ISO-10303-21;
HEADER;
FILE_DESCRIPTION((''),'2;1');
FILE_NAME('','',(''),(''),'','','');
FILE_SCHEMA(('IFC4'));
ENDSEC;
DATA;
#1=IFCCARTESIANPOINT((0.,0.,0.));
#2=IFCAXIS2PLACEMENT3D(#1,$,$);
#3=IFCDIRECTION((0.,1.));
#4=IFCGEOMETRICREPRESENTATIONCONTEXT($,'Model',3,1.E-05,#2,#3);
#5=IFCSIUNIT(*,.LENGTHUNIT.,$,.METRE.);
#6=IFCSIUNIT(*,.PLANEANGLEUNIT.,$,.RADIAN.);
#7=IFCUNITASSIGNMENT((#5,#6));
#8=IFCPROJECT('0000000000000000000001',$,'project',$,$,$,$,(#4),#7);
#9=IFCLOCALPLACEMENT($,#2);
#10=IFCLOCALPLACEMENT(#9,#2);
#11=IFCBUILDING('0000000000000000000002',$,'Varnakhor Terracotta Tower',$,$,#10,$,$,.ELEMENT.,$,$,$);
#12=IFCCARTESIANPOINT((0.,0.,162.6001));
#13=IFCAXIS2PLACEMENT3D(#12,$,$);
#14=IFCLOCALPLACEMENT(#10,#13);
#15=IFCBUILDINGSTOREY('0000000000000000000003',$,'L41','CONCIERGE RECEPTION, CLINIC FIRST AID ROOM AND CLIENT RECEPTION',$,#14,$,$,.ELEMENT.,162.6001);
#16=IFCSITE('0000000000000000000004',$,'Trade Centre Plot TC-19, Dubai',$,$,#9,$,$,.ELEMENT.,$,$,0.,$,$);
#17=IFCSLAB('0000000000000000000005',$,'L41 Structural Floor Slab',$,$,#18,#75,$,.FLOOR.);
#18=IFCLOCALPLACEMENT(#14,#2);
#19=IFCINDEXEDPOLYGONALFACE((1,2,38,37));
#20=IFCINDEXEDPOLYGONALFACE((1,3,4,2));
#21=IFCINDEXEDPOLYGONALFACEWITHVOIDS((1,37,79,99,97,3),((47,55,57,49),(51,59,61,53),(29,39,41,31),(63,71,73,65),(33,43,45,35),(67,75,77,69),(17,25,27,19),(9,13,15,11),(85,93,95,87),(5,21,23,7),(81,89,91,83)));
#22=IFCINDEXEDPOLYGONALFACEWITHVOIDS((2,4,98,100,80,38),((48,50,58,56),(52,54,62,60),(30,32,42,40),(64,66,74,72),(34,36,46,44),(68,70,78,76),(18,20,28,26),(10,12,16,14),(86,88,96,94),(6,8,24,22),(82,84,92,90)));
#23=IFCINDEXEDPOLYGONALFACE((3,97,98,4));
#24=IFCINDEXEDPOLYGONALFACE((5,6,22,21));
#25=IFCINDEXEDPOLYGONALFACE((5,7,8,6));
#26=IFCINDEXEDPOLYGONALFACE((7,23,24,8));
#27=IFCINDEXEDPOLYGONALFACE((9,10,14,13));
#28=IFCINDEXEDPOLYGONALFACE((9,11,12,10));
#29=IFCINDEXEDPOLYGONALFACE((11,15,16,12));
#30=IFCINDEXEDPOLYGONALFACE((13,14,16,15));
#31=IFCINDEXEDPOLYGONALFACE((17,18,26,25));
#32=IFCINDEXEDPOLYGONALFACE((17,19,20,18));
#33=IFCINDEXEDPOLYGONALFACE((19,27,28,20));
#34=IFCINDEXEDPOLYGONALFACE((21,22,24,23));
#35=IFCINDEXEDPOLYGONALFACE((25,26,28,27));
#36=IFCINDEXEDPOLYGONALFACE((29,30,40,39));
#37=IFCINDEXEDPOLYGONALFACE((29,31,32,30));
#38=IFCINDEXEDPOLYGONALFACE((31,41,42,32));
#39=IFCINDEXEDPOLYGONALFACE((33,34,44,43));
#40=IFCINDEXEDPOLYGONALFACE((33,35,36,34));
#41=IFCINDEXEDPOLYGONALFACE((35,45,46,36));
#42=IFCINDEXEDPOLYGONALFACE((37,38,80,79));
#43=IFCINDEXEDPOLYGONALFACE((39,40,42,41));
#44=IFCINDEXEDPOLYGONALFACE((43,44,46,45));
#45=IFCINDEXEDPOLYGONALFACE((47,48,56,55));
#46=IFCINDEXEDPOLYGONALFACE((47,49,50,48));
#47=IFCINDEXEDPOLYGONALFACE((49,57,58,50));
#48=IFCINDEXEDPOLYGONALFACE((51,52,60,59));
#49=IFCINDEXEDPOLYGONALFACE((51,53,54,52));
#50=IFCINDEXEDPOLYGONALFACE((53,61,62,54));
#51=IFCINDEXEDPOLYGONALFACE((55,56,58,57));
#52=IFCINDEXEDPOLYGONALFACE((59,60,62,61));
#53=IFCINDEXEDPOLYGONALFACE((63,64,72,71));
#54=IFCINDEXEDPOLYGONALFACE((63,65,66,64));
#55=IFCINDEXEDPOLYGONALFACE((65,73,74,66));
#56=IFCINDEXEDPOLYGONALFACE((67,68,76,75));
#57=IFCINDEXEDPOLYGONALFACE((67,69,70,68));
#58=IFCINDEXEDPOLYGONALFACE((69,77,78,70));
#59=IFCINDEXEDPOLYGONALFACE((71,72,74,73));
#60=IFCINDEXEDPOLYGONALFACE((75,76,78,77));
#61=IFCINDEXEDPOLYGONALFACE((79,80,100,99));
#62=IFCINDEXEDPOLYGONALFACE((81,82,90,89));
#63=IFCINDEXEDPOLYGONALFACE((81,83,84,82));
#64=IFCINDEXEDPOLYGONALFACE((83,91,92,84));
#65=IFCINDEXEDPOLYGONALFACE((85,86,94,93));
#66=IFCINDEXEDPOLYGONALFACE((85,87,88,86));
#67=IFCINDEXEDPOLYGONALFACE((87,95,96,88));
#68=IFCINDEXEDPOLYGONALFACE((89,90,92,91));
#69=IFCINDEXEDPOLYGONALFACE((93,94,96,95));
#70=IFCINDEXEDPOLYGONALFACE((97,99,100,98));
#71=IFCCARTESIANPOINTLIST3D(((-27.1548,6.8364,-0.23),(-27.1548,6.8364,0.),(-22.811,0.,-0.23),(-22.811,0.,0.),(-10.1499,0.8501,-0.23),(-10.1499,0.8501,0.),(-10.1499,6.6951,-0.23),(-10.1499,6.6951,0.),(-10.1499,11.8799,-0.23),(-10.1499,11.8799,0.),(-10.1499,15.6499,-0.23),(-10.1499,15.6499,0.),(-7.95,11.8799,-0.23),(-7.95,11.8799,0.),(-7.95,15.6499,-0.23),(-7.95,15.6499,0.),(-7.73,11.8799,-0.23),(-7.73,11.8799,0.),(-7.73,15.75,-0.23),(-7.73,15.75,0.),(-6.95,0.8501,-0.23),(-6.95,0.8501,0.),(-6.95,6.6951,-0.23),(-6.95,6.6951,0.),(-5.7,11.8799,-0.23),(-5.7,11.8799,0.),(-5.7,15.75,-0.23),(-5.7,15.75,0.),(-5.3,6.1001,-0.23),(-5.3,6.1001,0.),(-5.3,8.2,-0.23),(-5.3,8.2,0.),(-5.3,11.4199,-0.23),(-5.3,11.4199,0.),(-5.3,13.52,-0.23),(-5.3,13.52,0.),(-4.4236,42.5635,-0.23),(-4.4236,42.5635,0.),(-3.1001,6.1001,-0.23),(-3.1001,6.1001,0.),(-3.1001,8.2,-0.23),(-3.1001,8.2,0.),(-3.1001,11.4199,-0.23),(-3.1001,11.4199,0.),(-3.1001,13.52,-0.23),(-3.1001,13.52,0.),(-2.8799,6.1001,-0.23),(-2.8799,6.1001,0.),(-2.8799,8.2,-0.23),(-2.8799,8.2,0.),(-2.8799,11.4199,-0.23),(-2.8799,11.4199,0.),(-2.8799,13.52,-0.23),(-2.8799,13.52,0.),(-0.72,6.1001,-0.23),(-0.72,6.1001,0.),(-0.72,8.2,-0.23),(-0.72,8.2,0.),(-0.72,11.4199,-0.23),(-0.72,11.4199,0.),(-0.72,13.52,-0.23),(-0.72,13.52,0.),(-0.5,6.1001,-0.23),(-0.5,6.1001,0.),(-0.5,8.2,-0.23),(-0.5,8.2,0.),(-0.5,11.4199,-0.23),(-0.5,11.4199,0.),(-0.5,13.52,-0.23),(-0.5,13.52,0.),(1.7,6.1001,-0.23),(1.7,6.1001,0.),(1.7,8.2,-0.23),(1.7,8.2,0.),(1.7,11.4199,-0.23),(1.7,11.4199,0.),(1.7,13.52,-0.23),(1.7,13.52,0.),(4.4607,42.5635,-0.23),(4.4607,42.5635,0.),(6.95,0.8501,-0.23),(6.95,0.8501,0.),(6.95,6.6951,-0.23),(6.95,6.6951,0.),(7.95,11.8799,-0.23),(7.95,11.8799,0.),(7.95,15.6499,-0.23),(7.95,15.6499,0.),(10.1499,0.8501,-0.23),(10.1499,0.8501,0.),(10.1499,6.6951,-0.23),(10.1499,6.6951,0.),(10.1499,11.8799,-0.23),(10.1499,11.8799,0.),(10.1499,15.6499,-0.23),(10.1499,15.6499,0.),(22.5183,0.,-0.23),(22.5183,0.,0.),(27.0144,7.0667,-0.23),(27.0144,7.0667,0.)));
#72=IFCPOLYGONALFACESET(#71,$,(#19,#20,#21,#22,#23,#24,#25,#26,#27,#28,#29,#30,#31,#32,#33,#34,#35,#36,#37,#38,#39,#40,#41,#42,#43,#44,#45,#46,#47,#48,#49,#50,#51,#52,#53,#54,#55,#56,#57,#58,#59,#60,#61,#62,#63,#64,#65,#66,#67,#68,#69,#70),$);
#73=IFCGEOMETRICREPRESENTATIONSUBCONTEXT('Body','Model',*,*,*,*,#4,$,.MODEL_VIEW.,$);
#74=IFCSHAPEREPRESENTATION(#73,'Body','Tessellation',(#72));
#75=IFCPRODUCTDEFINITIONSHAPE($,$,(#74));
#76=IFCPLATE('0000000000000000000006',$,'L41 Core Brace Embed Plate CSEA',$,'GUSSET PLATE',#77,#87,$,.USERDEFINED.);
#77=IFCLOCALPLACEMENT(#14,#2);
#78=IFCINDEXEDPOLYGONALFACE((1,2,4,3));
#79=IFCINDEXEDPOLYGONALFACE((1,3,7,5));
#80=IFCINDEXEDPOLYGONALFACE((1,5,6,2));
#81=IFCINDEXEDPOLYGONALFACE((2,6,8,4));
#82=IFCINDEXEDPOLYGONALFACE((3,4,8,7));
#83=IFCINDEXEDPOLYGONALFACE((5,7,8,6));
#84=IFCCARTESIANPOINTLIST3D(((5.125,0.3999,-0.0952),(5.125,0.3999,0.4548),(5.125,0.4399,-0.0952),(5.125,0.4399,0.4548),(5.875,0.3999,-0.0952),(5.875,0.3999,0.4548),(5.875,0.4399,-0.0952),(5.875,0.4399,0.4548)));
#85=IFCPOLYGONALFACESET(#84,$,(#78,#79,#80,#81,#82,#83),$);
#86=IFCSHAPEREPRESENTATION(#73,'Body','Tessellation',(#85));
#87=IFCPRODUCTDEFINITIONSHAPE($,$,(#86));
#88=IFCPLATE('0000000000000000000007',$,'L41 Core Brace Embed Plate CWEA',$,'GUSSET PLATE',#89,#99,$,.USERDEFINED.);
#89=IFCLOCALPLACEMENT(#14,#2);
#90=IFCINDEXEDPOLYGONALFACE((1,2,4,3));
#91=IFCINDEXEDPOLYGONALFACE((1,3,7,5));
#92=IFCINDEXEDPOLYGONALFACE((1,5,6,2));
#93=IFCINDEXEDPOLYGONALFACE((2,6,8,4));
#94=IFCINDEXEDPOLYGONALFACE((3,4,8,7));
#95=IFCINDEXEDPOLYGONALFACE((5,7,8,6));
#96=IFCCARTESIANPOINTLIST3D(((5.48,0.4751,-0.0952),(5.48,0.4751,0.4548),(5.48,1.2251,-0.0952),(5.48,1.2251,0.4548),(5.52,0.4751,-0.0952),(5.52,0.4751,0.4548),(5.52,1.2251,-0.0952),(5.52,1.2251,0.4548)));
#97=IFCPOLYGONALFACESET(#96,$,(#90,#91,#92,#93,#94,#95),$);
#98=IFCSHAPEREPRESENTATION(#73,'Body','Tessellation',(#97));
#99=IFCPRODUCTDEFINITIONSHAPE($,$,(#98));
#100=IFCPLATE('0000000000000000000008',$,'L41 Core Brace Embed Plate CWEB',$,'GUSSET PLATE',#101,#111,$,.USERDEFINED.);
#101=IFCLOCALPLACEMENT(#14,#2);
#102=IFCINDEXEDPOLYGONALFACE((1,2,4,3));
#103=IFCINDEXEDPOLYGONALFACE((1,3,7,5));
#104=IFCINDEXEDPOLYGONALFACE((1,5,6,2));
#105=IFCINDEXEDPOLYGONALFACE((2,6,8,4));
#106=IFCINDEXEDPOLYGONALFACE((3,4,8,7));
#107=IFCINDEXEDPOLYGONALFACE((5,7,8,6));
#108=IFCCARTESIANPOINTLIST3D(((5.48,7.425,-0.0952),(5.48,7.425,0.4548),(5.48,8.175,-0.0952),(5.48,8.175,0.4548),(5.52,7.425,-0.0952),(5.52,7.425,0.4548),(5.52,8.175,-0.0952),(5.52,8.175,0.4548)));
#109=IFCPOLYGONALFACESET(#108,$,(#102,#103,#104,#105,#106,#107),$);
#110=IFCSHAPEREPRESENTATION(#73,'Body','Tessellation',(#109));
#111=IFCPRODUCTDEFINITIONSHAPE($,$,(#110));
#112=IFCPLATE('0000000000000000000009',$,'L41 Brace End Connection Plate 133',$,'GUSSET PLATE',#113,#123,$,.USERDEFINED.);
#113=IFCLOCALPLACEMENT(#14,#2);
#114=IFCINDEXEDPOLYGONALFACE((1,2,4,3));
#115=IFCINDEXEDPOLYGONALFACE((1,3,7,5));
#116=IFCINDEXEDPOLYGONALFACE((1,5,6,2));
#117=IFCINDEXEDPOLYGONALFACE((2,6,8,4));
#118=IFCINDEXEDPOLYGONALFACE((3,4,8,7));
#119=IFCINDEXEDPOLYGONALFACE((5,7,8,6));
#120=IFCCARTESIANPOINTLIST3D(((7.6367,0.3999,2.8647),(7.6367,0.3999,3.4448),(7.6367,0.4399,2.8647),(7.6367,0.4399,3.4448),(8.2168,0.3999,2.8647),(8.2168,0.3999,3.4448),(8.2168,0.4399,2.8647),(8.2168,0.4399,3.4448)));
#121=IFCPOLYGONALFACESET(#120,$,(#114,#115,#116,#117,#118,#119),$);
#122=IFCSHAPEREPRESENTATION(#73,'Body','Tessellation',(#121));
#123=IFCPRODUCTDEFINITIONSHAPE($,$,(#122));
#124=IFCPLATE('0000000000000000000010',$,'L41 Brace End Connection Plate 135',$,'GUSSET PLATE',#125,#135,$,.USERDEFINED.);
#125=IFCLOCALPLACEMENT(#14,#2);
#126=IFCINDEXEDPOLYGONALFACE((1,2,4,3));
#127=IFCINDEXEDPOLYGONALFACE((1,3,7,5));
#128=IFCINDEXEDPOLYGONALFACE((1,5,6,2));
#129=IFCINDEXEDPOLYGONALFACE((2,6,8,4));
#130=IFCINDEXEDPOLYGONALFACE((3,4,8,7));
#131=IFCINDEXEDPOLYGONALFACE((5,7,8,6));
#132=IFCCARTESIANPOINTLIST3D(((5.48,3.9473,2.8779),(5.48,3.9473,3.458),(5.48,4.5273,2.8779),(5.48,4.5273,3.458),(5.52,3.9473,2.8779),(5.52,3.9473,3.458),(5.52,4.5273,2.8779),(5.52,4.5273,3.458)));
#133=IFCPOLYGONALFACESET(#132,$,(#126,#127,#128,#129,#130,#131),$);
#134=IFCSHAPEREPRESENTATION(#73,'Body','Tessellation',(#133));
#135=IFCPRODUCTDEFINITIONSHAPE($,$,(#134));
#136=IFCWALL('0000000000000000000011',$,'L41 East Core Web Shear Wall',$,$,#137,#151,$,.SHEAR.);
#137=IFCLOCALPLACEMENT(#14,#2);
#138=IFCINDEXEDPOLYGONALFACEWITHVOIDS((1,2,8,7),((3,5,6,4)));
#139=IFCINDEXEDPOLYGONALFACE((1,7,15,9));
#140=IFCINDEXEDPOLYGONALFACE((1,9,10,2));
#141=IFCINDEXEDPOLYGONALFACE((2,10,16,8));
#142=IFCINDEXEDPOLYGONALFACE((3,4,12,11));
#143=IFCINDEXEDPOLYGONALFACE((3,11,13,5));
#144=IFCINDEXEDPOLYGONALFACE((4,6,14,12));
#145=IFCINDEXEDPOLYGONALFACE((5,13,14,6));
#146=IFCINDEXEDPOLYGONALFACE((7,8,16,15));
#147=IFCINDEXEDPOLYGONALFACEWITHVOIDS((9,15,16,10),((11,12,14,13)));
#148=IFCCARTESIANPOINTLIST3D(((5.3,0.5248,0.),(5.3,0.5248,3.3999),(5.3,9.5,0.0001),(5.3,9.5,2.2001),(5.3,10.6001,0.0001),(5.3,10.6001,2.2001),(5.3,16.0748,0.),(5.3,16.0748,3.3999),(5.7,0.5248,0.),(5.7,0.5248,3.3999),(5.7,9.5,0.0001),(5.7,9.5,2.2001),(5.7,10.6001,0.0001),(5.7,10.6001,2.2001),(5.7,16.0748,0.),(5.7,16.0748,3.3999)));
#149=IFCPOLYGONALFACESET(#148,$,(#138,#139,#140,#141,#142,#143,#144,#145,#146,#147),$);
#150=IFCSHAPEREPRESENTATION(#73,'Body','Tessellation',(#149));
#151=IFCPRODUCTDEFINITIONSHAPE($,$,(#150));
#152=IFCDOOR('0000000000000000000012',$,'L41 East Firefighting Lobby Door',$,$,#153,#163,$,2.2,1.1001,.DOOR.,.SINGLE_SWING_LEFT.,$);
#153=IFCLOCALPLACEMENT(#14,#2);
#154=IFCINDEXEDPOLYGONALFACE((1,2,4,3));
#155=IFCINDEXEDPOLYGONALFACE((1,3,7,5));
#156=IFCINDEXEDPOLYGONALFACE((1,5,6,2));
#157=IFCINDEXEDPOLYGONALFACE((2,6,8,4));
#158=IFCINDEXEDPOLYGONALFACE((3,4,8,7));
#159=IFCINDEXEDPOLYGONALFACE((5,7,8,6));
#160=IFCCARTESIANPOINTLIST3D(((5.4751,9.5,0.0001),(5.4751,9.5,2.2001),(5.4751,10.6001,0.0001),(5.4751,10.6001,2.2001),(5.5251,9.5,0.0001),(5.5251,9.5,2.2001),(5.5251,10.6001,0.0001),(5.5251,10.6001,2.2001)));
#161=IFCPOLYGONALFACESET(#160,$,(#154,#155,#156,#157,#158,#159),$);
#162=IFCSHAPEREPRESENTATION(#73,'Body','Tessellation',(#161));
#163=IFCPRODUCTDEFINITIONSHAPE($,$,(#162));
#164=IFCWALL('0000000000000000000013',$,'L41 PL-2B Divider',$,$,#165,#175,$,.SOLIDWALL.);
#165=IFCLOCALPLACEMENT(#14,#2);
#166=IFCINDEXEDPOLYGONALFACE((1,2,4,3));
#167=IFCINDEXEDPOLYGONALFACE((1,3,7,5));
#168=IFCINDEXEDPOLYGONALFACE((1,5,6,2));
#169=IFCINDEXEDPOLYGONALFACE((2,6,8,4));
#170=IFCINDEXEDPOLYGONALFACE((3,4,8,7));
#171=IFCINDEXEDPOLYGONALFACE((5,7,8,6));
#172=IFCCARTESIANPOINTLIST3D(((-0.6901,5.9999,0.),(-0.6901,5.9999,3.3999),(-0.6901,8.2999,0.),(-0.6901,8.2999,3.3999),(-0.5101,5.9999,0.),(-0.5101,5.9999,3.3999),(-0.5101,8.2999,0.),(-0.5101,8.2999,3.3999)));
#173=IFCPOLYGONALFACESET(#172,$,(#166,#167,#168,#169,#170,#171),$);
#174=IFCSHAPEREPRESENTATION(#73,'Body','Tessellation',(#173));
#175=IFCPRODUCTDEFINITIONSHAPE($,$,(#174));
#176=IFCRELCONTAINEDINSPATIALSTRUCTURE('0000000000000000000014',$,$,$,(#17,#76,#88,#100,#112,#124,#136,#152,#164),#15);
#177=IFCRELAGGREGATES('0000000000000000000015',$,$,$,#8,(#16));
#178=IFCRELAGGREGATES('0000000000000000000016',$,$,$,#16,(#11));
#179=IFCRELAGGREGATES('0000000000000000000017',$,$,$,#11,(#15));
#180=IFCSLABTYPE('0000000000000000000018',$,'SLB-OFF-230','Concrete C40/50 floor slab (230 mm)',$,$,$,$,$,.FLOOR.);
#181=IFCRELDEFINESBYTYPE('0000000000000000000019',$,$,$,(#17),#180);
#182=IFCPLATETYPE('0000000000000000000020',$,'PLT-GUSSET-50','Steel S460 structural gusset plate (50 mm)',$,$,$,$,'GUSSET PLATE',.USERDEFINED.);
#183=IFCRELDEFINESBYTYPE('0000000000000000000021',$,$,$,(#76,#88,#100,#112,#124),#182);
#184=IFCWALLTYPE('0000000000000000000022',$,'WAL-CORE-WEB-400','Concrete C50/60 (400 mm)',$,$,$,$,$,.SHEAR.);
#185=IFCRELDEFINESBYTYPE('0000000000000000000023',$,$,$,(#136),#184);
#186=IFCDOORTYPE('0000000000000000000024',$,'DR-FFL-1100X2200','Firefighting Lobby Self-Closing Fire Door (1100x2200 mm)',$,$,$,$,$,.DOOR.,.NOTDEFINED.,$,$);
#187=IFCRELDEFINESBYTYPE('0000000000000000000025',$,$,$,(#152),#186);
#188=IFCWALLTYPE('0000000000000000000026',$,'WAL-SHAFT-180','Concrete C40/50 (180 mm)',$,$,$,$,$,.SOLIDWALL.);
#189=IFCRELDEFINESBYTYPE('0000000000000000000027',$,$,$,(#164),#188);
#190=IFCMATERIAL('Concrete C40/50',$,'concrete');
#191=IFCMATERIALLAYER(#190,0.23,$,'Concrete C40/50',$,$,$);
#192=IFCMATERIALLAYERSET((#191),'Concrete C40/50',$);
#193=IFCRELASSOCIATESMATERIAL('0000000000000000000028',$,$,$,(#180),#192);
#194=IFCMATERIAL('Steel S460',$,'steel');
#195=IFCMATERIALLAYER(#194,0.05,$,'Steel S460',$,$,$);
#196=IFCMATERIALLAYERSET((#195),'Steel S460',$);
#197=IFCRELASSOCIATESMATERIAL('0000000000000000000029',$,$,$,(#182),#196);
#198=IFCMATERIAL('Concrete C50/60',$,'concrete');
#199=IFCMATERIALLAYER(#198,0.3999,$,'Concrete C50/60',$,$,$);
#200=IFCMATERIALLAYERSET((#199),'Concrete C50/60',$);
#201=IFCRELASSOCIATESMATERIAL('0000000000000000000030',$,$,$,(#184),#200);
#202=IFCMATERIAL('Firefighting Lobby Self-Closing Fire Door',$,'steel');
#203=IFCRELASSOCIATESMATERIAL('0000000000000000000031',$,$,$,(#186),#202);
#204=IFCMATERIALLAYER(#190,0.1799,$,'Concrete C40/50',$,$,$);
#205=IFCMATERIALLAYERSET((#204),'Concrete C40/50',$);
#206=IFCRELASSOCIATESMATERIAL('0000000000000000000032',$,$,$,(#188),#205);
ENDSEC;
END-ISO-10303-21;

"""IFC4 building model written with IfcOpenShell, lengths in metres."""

from ifc_helpers import new_model, si_unit, direction, frame, frame_2d, origin, origin_2d, place, context, subcontext, project, spatial, polyline, rectangle, outline, extrude, source, transform, mapped, material, layer, layer_set, type_object, type_shapes, element, fill, save


model = new_model("IFC4")

# Units and contexts
model_context = context("Model", 3, precision=1e-05, world=origin(), true_north=direction((0.0, 1.0)))
body_context = subcontext(model_context, "Body", "Model", "MODEL_VIEW")
ifc_project = project(units=[si_unit("LENGTHUNIT", "METRE"), si_unit("PLANEANGLEUNIT", "RADIAN")], contexts=[model_context])

# Site, building, storey
site_placement = place(None, origin())
site = spatial("IfcSite", under=ifc_project, at=site_placement, Name="Trade Centre Plot TC-19, Dubai", CompositionType="ELEMENT", RefElevation=0.0)
building_placement = place(site_placement, origin())
building = spatial("IfcBuilding", under=site, at=building_placement, Name="Varnakhor Terracotta Tower", CompositionType="ELEMENT")
storey_placement = place(building_placement, frame((0.0, 0.0, 162.6001)))
storey = spatial("IfcBuildingStorey", under=building, at=storey_placement, Name="L41", Description="CONCIERGE RECEPTION, CLINIC FIRST AID ROOM AND CLIENT RECEPTION", CompositionType="ELEMENT", Elevation=162.6001)

# Shared definitions
ifc_material_1 = material(Name="Concrete C50/60", Category="concrete")

# Shared definitions
ifc_material_2 = material(Name="Steel S460", Category="steel")

# Shared definitions
ifc_material_3 = material(Name="Concrete C40/50", Category="concrete")

# Slab
ifc_layer_1 = layer(ifc_material_3, 0.23, Name="Concrete C40/50")
ifc_layer_set_1 = layer_set([ifc_layer_1], Name="Concrete C40/50")
slab_type_1 = type_object("IfcSlabType", Name="SLB-OFF-230", Description="Concrete C40/50 floor slab (230 mm)", PredefinedType="FLOOR", material=ifc_layer_set_1)
slab_1_placement = place(storey_placement, frame((0.0, 0.0, -0.23)))
element("IfcSlab", 1, at=slab_1_placement, inside=storey, type_object=slab_type_1, Name="L41 Structural Floor Slab", PredefinedType="FLOOR", context=body_context, shape_type="SweptSolid", body=[
    extrude(outline(polyline([(-27.1548, 6.8364), (-4.4236, 42.5635), (4.4607, 42.5635), (27.0144, 7.0667), (22.5183, 0.0), (-22.811, 0.0), (-27.1548, 6.8364)]), holes=[polyline([(-6.95, 0.8501), (-6.95, 6.6951), (-10.1499, 6.6951), (-10.1499, 0.8501), (-6.95, 0.8501)]), polyline([(-3.1001, 6.1001), (-3.1001, 8.2), (-5.3, 8.2), (-5.3, 6.1001), (-3.1001, 6.1001)]), polyline([(-0.72, 6.1001), (-0.72, 8.2), (-2.8799, 8.2), (-2.8799, 6.1001), (-0.72, 6.1001)]), polyline([(-5.3, 11.4199), (-3.1001, 11.4199), (-3.1001, 13.52), (-5.3, 13.52), (-5.3, 11.4199)]), polyline([(-10.1499, 11.8799), (-7.95, 11.8799), (-7.95, 15.6499), (-10.1499, 15.6499), (-10.1499, 11.8799)]), polyline([(-5.7, 11.8799), (-5.7, 15.75), (-7.73, 15.75), (-7.73, 11.8799), (-5.7, 11.8799)]), polyline([(6.95, 0.8501), (10.1499, 0.8501), (10.1499, 6.6951), (6.95, 6.6951), (6.95, 0.8501)]), polyline([(-0.5, 6.1001), (1.7, 6.1001), (1.7, 8.2), (-0.5, 8.2), (-0.5, 6.1001)]), polyline([(-0.72, 11.4199), (-0.72, 13.52), (-2.8799, 13.52), (-2.8799, 11.4199), (-0.72, 11.4199)]), polyline([(-0.5, 11.4199), (1.7, 11.4199), (1.7, 13.52), (-0.5, 13.52), (-0.5, 11.4199)]), polyline([(7.95, 11.8799), (10.1499, 11.8799), (10.1499, 15.6499), (7.95, 15.6499), (7.95, 11.8799)])]), origin(), (0.0, 0.0, 1.0), 0.23),
])

# Plates
ifc_layer_2 = layer(ifc_material_2, 0.05, Name="Steel S460")
ifc_layer_set_2 = layer_set([ifc_layer_2], Name="Steel S460")
plate_type = type_object("IfcPlateType", Name="PLT-GUSSET-50", Description="Steel S460 structural gusset plate (50 mm)", ElementType="GUSSET PLATE", PredefinedType="USERDEFINED", material=ifc_layer_set_2)
shared_shape_1 = source(origin(), body_context, "Body", "SweptSolid", [
    extrude(rectangle(XDim=0.75, YDim=0.04, at=origin_2d()), origin(), (0.0, 0.0, 1.0), 0.55),
])
type_shapes(plate_type, [shared_shape_1])
for number, where, z_axis, x_axis, name in (
    (2, (5.5, 0.4199, -0.0952), (0.0, 0.0, 1.0), (1.0, 0.0, 0.0), "L41 Core Brace Embed Plate CSEA"),
    (3, (5.5, 0.8501, -0.0952), (0.0, 0.0, 1.0), (0.0, 1.0, 0.0), "L41 Core Brace Embed Plate CWEA"),
    (4, (5.5, 7.8, -0.0952), (0.0, 0.0, 1.0), (0.0, 1.0, 0.0), "L41 Core Brace Embed Plate CWEB"),
):
    element("IfcPlate", number, at=place(storey_placement, frame(where, z_axis=z_axis, x_axis=x_axis)), inside=storey, type_object=plate_type, Name=name, ObjectType="GUSSET PLATE", PredefinedType="USERDEFINED", context=body_context, shape_type="MappedRepresentation", body=[
        mapped(shared_shape_1, transform((0.0, 0.0, 0.0), scale=1.0)),
    ])
shared_shape_2 = source(origin(), body_context, "Body", "SweptSolid", [
    extrude(rectangle(XDim=0.5801, YDim=0.04, at=origin_2d()), origin(), (0.0, 0.0, 1.0), 0.5801),
])
for number, where, z_axis, x_axis, name in (
    (5, (7.9268, 0.4199, 2.8647), (0.0, 0.0, 1.0), (1.0, 0.0, 0.0), "L41 Brace End Connection Plate 133"),
    (6, (5.5, 4.2373, 2.8779), (0.0, 0.0, 1.0), (0.0, 1.0, 0.0), "L41 Brace End Connection Plate 135"),
):
    element("IfcPlate", number, at=place(storey_placement, frame(where, z_axis=z_axis, x_axis=x_axis)), inside=storey, type_object=plate_type, Name=name, ObjectType="GUSSET PLATE", PredefinedType="USERDEFINED", context=body_context, shape_type="MappedRepresentation", body=[
        mapped(shared_shape_2, transform((0.0, 0.0, 0.0), scale=1.0)),
    ])

# Wall, opening, door
ifc_layer_3 = layer(ifc_material_1, 0.3999, Name="Concrete C50/60")
ifc_layer_set_3 = layer_set([ifc_layer_3], Name="Concrete C50/60")
wall_type_1 = type_object("IfcWallType", Name="WAL-CORE-WEB-400", Description="Concrete C50/60 (400 mm)", PredefinedType="SHEAR", material=ifc_layer_set_3)
wall_1_placement = place(storey_placement, frame((5.5, 0.5249, 0.0), z_axis=(0.0, 0.0, 1.0), x_axis=(0.0, 1.0, 0.0)))
wall_1 = element("IfcWall", 7, at=wall_1_placement, inside=storey, type_object=wall_type_1, Name="L41 East Core Web Shear Wall", PredefinedType="SHEAR", context=body_context, shape_type="SweptSolid", body=[
    extrude(rectangle(XDim=15.55, YDim=0.3999, at=frame_2d((7.7749, 0.0))), origin(), (0.0, 0.0, 1.0), 3.3999),
])
opening_1_placement = place(wall_1_placement, frame((8.9751, 0.0, 0.0)))
opening_1 = element("IfcOpeningElement", 8, at=opening_1_placement, cuts=wall_1, PredefinedType="OPENING", context=body_context, shape_type="SweptSolid", body=[
    extrude(rectangle(XDim=1.1001, YDim=2.2, at=frame_2d((0.55, 1.1001))), frame((0.0, 0.21, 0.0), z_axis=(0.0, -1.0, 0.0), x_axis=(1.0, 0.0, 0.0)), (0.0, 0.0, 1.0), 0.4199),
])
ifc_material_4 = material(Name="Firefighting Lobby Self-Closing Fire Door", Category="steel")
door_type_1 = type_object("IfcDoorType", Name="DR-FFL-1100X2200", Description="Firefighting Lobby Self-Closing Fire Door (1100x2200 mm)", OperationType="NOTDEFINED", PredefinedType="DOOR", material=ifc_material_4)
shared_shape_3 = source(origin(), body_context, "Body", "SweptSolid", [
    extrude(rectangle(XDim=1.1001, YDim=2.2, at=frame_2d((0.55, 1.1001))), frame((0.0, 0.0249, 0.0), z_axis=(0.0, -1.0, 0.0), x_axis=(1.0, 0.0, 0.0)), (0.0, 0.0, 1.0), 0.05),
])
type_shapes(door_type_1, [shared_shape_3])
door_1_placement = place(opening_1_placement, origin())
door_1 = element("IfcDoor", 9, at=door_1_placement, inside=storey, type_object=door_type_1, Name="L41 East Firefighting Lobby Door", OperationType="SINGLE_SWING_LEFT", OverallHeight=2.2, OverallWidth=1.1001, PredefinedType="DOOR", context=body_context, shape_type="MappedRepresentation", body=[
    mapped(shared_shape_3, transform((0.0, 0.0, 0.0), scale=1.0)),
])
fill(opening_1, door_1)

# Wall
ifc_layer_4 = layer(ifc_material_3, 0.1799, Name="Concrete C40/50")
ifc_layer_set_4 = layer_set([ifc_layer_4], Name="Concrete C40/50")
wall_type_2 = type_object("IfcWallType", Name="WAL-SHAFT-180", Description="Concrete C40/50 (180 mm)", PredefinedType="SOLIDWALL", material=ifc_layer_set_4)
wall_2_placement = place(storey_placement, frame((-0.6001, 6.0, 0.0), z_axis=(0.0, 0.0, 1.0), x_axis=(0.0, 1.0, 0.0)))
element("IfcWall", 10, at=wall_2_placement, inside=storey, type_object=wall_type_2, Name="L41 PL-2B Divider", PredefinedType="SOLIDWALL", context=body_context, shape_type="SweptSolid", body=[
    extrude(rectangle(XDim=2.3, YDim=0.1799, at=frame_2d((1.1499, 0.0))), origin(), (0.0, 0.0, 1.0), 3.3999),
])

save(model, "model.ifc")
